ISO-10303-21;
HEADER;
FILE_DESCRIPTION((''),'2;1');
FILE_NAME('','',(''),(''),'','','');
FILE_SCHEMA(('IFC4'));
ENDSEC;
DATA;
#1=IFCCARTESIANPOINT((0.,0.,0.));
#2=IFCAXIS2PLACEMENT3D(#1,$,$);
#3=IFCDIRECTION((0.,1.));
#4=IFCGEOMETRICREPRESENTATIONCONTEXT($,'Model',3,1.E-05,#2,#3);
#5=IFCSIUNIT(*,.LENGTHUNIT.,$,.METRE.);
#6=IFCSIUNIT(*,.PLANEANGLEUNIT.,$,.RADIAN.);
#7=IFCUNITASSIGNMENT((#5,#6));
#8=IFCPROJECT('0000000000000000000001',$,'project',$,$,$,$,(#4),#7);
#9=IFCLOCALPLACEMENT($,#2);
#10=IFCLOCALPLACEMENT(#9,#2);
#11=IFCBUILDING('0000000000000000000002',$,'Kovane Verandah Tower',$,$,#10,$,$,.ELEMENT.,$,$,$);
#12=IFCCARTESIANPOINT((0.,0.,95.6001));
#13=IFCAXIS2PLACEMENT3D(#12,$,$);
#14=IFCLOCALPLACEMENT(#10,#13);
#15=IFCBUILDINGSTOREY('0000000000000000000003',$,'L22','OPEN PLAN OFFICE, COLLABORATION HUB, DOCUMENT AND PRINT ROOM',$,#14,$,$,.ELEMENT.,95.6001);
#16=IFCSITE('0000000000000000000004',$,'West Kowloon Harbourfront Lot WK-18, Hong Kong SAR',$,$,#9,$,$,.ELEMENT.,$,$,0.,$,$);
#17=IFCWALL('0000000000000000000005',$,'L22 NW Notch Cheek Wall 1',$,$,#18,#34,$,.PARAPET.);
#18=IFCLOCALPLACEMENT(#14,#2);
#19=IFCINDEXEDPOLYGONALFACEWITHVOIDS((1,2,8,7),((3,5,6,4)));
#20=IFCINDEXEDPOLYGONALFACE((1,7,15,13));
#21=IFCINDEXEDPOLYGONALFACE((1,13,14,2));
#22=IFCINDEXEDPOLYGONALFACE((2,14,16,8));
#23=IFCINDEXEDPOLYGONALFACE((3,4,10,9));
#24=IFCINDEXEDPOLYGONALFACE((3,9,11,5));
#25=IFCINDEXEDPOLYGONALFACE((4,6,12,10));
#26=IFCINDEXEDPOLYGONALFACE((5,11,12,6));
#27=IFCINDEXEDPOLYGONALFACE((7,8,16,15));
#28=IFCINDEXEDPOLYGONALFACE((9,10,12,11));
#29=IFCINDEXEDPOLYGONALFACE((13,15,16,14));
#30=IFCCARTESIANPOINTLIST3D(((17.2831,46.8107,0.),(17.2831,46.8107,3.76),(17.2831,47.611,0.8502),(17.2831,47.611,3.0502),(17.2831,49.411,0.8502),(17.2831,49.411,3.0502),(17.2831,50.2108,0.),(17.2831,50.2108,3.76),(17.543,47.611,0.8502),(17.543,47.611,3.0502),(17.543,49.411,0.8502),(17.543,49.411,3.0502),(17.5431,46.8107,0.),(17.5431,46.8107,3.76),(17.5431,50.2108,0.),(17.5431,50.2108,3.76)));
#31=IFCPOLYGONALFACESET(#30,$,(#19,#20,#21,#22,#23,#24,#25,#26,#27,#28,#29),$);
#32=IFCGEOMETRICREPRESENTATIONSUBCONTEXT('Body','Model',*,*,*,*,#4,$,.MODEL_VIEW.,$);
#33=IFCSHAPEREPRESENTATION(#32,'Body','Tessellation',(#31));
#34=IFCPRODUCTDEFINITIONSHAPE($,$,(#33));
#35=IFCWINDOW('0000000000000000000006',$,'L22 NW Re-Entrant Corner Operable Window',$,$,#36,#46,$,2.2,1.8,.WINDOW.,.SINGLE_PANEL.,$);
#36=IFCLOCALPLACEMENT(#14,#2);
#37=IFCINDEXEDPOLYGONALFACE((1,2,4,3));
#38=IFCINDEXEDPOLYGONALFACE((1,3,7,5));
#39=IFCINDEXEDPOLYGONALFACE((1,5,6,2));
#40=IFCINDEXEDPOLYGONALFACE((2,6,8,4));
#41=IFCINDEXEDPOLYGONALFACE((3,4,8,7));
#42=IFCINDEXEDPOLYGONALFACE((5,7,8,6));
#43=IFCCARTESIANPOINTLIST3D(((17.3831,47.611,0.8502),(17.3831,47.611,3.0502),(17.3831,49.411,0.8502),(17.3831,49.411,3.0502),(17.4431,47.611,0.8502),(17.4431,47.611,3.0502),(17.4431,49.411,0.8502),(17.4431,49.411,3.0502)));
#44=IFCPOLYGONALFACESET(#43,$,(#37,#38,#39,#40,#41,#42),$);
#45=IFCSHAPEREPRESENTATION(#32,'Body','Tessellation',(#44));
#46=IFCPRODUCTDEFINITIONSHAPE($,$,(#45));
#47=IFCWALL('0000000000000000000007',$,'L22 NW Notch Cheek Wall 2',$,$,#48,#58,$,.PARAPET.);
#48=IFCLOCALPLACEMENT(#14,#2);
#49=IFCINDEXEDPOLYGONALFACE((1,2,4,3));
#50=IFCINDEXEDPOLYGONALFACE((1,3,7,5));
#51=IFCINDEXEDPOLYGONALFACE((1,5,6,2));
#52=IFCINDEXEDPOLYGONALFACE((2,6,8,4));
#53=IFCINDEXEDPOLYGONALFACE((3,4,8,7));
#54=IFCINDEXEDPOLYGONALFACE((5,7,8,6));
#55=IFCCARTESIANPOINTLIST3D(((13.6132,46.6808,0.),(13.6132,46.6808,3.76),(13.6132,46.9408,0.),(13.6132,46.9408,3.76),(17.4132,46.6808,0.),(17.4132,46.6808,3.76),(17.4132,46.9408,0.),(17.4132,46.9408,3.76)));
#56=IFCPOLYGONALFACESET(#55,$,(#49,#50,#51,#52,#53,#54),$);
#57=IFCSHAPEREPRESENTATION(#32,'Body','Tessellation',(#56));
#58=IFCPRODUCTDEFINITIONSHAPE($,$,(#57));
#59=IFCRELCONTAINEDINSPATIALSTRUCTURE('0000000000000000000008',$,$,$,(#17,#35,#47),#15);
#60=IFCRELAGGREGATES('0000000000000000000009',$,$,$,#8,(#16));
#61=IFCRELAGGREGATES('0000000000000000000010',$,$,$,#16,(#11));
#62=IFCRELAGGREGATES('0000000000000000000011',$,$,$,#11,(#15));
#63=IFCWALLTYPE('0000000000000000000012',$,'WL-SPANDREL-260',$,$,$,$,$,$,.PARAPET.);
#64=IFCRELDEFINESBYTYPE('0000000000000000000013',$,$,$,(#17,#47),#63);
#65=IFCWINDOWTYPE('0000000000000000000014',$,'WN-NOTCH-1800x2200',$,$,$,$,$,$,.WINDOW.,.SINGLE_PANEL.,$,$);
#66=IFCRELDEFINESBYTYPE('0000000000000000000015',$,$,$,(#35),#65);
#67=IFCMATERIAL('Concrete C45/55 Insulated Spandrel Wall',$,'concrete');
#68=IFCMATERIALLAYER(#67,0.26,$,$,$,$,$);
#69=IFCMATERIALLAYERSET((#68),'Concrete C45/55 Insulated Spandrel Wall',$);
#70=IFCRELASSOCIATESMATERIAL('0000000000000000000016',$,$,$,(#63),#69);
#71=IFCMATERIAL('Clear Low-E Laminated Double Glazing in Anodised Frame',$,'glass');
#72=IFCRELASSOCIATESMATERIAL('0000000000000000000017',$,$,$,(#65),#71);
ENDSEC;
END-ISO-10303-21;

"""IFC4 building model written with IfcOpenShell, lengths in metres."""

from ifc_helpers import new_model, si_unit, direction, frame, frame_2d, origin, place, context, subcontext, project, spatial, rectangle, extrude, material, layer, layer_set, type_object, element, fill, save


model = new_model("IFC4")

# Units and contexts
model_context = context("Model", 3, precision=1e-05, world=origin(), true_north=direction((0.0, 1.0)))
body_context = subcontext(model_context, "Body", "Model", "MODEL_VIEW")
ifc_project = project(units=[si_unit("LENGTHUNIT", "METRE"), si_unit("PLANEANGLEUNIT", "RADIAN")], contexts=[model_context])

# Site, building, storey
site_placement = place(None, origin())
site = spatial("IfcSite", under=ifc_project, at=site_placement, Name="West Kowloon Harbourfront Lot WK-18, Hong Kong SAR", CompositionType="ELEMENT", RefElevation=0.0)
building_placement = place(site_placement, origin())
building = spatial("IfcBuilding", under=site, at=building_placement, Name="Kovane Verandah Tower", CompositionType="ELEMENT")
storey_placement = place(building_placement, frame((0.0, 0.0, 95.6001)))
storey = spatial("IfcBuildingStorey", under=building, at=storey_placement, Name="L22", Description="OPEN PLAN OFFICE, COLLABORATION HUB, DOCUMENT AND PRINT ROOM", CompositionType="ELEMENT", Elevation=95.6001)

# Wall, opening, window
ifc_material_1 = material(Name="Concrete C45/55 Insulated Spandrel Wall", Category="concrete")
ifc_layer_1 = layer(ifc_material_1, 0.26)
ifc_layer_set_1 = layer_set([ifc_layer_1], Name="Concrete C45/55 Insulated Spandrel Wall")
wall_type = type_object("IfcWallType", Name="WL-SPANDREL-260", PredefinedType="PARAPET", material=ifc_layer_set_1)
wall_1_placement = place(storey_placement, frame((17.4131, 50.2109, 0.0), z_axis=(0.0, 0.0, 1.0), x_axis=(0.0, -1.0, 0.0)))
wall_1 = element("IfcWall", 1, at=wall_1_placement, inside=storey, type_object=wall_type, Name="L22 NW Notch Cheek Wall 1", PredefinedType="PARAPET", context=body_context, shape_type="SweptSolid", body=[
    extrude(rectangle(XDim=3.4001, YDim=0.26, at=frame_2d((1.7002, 0.0))), origin(), (0.0, 0.0, 1.0), 3.76),
])
opening_placement = place(wall_1_placement, frame((0.8, 0.0, 0.8501)))
opening = element("IfcOpeningElement", 2, at=opening_placement, cuts=wall_1, PredefinedType="OPENING", context=body_context, shape_type="SweptSolid", body=[
    extrude(rectangle(XDim=1.8, YDim=2.2, at=frame_2d((0.8999, 1.1001))), frame((0.0, 0.1299, 0.0), z_axis=(0.0, -1.0, 0.0), x_axis=(1.0, 0.0, 0.0)), (0.0, 0.0, 1.0), 0.26),
])
ifc_material_2 = material(Name="Clear Low-E Laminated Double Glazing in Anodised Frame", Category="glass")
window_type = type_object("IfcWindowType", Name="WN-NOTCH-1800x2200", PartitioningType="SINGLE_PANEL", PredefinedType="WINDOW", material=ifc_material_2)
window_placement = place(opening_placement, origin())
window = element("IfcWindow", 3, at=window_placement, inside=storey, type_object=window_type, Name="L22 NW Re-Entrant Corner Operable Window", OverallHeight=2.2, OverallWidth=1.8, PartitioningType="SINGLE_PANEL", PredefinedType="WINDOW", context=body_context, shape_type="SweptSolid", body=[
    extrude(rectangle(XDim=1.8, YDim=2.2, at=frame_2d((0.8999, 1.1001))), frame((0.0, 0.03, 0.0), z_axis=(0.0, -1.0, 0.0), x_axis=(1.0, 0.0, 0.0)), (0.0, 0.0, 1.0), 0.0601),
])
fill(opening, window)

# Wall
wall_2_placement = place(storey_placement, frame((17.4131, 46.8108, 0.0), z_axis=(0.0, 0.0, 1.0), x_axis=(-1.0, 0.0, 0.0)))
element("IfcWall", 4, at=wall_2_placement, inside=storey, type_object=wall_type, Name="L22 NW Notch Cheek Wall 2", PredefinedType="PARAPET", context=body_context, shape_type="SweptSolid", body=[
    extrude(rectangle(XDim=3.8, YDim=0.26, at=frame_2d((1.8999, 0.0))), origin(), (0.0, 0.0, 1.0), 3.76),
])

save(model, "model.ifc")
